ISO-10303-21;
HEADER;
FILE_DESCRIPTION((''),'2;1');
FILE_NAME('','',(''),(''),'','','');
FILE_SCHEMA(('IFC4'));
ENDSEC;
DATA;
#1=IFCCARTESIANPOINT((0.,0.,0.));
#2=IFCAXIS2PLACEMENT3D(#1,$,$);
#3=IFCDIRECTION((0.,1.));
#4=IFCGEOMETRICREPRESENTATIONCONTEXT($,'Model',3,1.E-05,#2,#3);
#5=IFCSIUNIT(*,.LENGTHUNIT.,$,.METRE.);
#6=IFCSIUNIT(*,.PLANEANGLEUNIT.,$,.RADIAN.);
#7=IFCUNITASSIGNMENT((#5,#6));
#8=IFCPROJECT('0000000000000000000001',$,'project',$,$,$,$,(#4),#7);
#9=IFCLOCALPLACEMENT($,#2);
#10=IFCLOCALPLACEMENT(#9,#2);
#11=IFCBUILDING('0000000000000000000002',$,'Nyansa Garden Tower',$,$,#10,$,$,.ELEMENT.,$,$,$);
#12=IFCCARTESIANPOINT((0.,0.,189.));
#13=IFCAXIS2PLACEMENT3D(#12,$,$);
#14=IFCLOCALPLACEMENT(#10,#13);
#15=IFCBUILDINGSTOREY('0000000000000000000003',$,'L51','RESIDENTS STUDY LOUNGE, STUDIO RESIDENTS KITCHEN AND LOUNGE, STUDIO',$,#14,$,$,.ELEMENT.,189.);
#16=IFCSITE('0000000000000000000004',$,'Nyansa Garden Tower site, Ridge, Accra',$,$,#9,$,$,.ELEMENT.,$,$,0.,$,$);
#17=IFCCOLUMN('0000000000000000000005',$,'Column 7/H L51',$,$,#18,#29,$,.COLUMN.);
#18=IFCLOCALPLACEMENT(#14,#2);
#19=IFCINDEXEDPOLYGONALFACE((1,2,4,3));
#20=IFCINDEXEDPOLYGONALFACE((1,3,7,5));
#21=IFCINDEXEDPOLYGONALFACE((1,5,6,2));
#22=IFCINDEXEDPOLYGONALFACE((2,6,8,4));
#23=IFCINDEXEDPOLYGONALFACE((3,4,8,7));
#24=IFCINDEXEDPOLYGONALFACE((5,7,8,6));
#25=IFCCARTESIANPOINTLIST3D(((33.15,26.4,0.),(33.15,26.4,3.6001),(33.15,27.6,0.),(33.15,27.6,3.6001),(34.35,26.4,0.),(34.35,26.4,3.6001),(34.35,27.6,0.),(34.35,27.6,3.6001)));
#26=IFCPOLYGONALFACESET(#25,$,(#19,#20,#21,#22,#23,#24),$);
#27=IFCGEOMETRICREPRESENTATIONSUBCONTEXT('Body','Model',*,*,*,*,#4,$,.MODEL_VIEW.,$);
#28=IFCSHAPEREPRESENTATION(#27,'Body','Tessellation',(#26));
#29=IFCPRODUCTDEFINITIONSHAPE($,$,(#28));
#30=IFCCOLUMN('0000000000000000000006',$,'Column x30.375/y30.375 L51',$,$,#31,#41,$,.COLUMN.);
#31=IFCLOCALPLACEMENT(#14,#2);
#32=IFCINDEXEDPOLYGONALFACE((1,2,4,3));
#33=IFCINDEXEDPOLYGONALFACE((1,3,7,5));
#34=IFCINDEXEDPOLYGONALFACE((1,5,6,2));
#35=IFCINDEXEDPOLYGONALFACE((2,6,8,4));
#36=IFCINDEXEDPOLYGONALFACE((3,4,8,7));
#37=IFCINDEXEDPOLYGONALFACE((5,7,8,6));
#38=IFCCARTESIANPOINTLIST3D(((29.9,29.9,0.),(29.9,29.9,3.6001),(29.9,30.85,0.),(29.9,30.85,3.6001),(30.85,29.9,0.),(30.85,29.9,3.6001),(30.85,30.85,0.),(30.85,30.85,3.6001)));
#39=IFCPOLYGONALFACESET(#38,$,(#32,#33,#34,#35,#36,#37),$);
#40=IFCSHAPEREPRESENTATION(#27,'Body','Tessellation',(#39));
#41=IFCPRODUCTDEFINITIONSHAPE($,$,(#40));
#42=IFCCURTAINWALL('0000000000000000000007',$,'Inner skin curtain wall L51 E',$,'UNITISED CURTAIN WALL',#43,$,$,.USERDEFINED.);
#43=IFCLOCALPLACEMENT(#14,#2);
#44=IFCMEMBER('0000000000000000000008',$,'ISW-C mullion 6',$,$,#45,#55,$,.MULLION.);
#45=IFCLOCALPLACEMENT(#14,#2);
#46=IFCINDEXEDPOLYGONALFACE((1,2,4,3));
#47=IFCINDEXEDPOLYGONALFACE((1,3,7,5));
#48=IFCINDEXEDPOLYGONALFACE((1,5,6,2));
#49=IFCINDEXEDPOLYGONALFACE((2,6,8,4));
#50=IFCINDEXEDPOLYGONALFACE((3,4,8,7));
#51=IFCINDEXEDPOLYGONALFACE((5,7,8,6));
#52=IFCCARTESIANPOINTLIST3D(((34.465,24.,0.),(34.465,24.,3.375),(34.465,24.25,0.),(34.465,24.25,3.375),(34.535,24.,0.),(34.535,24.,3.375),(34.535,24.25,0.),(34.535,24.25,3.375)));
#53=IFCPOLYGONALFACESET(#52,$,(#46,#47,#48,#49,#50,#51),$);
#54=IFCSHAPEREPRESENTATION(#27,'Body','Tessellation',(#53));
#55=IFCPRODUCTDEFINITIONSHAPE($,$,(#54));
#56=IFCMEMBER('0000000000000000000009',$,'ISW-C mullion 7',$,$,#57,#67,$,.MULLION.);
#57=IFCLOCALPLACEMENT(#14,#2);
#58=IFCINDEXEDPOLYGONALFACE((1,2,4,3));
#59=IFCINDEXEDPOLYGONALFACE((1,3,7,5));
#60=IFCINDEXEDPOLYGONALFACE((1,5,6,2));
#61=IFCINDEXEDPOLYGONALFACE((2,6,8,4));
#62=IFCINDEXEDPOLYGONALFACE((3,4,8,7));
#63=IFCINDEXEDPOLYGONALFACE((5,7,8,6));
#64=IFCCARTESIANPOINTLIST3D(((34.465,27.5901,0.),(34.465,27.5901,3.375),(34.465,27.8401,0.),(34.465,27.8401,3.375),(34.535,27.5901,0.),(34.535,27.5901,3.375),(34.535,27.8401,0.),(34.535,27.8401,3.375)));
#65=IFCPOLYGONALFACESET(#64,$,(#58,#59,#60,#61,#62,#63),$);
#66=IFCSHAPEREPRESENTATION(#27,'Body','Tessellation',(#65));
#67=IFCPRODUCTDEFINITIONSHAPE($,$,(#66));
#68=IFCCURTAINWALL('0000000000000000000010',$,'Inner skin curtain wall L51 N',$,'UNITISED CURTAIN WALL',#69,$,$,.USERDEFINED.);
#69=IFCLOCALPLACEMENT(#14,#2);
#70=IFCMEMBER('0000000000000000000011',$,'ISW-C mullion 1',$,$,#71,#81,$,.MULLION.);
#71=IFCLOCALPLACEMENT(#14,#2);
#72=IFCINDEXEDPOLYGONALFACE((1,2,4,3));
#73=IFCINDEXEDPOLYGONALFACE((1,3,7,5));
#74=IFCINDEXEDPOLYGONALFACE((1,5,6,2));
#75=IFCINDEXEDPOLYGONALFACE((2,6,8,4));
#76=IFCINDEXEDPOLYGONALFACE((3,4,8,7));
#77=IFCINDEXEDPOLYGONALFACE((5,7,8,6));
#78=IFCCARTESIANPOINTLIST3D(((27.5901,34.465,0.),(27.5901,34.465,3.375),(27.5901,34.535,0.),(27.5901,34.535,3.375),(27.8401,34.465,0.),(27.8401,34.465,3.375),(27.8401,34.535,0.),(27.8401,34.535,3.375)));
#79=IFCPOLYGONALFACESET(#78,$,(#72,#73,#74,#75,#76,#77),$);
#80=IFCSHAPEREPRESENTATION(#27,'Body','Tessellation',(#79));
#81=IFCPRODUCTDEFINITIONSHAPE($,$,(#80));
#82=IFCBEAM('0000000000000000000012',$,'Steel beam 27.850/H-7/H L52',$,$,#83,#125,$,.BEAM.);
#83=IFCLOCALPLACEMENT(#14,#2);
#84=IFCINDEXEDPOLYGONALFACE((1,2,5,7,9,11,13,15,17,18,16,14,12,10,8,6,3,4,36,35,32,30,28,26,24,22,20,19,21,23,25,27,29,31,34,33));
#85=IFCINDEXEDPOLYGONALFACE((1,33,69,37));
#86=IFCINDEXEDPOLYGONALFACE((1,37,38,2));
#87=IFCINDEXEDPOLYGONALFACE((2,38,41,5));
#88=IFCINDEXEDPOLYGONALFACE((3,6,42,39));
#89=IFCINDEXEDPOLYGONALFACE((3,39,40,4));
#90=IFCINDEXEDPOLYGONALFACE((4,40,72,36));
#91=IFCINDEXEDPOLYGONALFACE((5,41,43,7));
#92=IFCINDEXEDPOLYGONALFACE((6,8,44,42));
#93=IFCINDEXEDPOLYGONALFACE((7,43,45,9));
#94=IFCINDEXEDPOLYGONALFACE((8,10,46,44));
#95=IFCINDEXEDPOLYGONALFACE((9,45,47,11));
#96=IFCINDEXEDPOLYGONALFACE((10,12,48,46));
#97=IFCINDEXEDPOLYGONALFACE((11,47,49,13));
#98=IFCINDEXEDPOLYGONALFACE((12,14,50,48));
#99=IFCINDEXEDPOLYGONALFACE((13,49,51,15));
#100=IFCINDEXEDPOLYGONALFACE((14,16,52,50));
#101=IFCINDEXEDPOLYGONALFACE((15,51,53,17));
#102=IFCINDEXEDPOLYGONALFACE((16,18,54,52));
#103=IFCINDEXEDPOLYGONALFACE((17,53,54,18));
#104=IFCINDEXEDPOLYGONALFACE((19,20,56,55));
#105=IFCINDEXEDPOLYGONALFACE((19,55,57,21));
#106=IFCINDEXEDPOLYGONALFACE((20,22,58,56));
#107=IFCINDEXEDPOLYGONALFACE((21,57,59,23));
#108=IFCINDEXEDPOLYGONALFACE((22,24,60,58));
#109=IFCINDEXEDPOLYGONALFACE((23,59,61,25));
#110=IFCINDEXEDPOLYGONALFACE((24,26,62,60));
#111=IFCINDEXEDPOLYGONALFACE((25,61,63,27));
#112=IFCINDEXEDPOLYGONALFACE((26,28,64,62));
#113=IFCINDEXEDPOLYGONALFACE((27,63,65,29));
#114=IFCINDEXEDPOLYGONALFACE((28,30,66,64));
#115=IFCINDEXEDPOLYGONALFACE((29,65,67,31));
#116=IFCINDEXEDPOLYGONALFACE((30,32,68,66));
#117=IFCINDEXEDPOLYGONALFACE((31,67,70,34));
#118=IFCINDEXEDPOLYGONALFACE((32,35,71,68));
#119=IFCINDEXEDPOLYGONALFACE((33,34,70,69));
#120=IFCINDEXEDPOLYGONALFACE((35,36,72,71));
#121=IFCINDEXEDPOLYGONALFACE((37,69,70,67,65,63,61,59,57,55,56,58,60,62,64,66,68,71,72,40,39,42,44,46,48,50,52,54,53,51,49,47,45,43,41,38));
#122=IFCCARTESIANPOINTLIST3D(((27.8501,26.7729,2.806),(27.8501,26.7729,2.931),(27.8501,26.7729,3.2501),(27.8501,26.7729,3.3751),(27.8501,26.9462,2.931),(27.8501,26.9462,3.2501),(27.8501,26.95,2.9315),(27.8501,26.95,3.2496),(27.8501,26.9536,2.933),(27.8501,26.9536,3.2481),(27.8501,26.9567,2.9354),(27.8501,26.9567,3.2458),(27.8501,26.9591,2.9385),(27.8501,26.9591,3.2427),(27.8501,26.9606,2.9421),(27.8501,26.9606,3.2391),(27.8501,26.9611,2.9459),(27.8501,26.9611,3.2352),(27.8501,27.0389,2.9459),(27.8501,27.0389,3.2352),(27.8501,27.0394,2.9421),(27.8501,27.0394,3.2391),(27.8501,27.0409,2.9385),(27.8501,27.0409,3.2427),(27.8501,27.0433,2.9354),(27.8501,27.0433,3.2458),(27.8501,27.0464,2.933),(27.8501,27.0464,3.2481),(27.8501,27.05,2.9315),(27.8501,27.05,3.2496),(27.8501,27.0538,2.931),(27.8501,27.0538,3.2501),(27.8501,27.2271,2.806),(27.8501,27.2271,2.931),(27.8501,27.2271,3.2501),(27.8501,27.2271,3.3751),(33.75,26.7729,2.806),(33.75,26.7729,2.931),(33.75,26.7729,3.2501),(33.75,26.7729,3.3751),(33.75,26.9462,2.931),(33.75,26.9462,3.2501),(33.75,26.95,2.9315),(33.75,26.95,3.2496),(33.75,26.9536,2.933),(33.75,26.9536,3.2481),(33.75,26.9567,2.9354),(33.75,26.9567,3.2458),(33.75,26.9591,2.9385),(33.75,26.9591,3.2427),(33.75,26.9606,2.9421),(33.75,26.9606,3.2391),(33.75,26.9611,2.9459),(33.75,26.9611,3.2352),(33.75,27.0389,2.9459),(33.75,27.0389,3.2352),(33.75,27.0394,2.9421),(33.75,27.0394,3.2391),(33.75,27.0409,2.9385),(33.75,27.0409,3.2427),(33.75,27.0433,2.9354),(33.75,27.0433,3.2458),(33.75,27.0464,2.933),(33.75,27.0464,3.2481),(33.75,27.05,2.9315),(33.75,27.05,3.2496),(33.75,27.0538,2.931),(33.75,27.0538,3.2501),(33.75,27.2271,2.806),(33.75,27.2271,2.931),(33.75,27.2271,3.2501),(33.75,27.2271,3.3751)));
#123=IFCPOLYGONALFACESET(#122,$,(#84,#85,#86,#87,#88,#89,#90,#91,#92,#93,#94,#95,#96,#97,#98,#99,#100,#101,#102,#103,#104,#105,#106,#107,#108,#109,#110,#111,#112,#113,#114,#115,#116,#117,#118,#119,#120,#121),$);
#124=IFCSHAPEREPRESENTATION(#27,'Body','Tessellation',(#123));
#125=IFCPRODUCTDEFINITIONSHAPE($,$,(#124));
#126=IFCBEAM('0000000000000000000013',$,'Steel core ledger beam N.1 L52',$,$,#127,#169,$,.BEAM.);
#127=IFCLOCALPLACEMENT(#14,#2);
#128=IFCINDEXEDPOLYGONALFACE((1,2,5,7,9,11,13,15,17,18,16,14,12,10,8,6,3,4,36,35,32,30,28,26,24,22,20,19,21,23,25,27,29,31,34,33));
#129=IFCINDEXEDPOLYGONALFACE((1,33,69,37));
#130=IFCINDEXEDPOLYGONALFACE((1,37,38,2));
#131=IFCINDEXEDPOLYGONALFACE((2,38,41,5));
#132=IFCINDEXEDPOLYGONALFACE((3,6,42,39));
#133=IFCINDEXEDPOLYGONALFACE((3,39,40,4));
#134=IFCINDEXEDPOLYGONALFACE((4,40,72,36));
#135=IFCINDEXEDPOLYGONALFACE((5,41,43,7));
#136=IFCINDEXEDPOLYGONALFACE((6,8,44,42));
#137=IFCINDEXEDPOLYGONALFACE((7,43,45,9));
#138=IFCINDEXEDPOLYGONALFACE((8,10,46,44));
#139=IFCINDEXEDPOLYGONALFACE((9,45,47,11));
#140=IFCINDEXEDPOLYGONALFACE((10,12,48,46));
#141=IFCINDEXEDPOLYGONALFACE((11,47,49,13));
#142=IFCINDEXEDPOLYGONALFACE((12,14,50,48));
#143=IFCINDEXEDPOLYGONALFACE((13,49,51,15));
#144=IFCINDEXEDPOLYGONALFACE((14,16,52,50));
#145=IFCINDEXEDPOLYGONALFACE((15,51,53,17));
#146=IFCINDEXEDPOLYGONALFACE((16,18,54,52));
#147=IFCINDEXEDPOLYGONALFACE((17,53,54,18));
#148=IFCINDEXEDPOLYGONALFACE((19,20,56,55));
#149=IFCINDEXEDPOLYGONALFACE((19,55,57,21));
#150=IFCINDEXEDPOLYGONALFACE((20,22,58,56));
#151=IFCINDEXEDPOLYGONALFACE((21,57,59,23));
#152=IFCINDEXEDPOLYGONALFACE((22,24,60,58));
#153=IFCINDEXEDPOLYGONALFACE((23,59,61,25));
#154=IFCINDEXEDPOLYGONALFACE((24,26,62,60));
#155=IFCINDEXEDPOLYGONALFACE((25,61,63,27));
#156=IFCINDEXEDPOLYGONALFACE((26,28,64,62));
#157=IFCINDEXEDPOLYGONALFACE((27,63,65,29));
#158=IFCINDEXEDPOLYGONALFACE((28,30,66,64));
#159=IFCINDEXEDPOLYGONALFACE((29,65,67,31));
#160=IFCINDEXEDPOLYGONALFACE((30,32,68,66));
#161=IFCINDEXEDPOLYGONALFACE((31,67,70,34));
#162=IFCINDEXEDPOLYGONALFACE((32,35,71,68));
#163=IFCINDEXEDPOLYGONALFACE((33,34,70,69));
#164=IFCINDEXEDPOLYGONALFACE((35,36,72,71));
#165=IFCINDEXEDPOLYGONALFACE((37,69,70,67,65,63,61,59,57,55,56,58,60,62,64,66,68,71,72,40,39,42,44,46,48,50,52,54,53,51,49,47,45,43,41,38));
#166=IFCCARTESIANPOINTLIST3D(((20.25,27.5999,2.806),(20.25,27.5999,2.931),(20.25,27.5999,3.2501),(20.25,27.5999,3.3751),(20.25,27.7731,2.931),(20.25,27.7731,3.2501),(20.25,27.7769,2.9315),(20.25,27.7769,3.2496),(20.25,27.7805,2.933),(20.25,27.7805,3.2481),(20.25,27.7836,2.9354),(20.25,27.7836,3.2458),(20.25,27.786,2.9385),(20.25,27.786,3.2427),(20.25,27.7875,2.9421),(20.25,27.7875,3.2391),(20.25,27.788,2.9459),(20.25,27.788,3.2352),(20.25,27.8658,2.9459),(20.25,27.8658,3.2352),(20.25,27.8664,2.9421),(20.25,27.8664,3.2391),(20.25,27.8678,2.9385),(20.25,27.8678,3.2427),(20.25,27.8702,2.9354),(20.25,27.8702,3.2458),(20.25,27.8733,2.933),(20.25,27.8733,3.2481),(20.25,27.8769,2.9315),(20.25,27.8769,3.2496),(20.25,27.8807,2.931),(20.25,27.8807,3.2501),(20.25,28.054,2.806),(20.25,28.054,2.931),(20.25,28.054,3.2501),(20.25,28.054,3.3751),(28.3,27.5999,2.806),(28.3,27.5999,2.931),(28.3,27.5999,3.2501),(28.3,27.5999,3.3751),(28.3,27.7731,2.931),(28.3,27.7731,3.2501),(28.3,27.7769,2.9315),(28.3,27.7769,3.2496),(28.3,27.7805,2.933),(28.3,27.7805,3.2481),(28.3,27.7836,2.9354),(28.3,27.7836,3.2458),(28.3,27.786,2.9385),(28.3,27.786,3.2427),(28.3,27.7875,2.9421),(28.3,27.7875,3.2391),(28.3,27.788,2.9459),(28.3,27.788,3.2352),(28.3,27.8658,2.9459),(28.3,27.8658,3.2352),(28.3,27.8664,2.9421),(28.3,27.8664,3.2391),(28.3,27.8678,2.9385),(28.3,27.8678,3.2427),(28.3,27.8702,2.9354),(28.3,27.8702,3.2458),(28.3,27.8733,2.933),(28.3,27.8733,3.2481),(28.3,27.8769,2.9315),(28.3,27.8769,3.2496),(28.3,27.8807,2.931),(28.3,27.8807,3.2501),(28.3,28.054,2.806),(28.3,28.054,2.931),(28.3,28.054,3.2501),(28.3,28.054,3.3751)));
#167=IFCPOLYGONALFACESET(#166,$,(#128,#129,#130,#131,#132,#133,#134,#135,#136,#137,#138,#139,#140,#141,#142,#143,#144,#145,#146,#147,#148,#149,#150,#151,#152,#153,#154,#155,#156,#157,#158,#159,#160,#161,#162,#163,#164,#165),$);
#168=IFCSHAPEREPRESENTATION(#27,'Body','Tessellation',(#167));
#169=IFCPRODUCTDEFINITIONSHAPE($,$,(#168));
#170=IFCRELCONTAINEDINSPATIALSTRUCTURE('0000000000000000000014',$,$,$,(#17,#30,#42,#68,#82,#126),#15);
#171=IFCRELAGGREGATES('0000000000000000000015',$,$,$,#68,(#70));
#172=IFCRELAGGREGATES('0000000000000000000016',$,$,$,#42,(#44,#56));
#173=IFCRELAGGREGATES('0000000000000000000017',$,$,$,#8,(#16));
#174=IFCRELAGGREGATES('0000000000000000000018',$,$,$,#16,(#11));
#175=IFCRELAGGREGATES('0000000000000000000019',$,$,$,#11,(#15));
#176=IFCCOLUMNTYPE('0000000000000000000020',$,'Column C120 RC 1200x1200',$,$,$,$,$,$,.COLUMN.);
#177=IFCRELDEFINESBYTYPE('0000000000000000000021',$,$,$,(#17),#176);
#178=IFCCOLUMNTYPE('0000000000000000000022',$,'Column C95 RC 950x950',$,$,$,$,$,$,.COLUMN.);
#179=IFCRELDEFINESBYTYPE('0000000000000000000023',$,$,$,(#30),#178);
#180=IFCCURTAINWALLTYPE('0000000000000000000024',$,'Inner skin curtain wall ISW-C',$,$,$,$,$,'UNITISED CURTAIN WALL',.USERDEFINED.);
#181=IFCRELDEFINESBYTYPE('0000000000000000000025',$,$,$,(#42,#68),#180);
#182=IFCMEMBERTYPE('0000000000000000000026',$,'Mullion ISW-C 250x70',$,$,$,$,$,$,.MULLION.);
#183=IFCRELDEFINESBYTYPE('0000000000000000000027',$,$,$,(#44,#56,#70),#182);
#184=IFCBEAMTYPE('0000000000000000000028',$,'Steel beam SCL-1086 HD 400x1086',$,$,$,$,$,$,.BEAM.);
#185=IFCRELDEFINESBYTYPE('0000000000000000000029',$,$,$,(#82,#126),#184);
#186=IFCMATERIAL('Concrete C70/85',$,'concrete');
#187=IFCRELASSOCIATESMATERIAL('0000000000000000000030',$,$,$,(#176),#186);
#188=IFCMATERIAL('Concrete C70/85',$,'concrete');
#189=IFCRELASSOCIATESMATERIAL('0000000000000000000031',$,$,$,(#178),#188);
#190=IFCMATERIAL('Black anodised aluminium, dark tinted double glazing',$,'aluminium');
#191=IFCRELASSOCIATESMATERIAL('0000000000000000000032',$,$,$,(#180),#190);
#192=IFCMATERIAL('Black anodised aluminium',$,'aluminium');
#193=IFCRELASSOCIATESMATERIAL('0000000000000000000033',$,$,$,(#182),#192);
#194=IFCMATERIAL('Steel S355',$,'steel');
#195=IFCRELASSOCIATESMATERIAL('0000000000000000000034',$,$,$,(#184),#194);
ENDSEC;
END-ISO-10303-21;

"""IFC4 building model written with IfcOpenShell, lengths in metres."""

from ifc_helpers import new_model, si_unit, direction, frame, origin, origin_2d, place, context, subcontext, project, spatial, rectangle, i_section, extrude, material, material_profile, profile_set, type_object, element, aggregate, save


model = new_model("IFC4")

# Units and contexts
model_context = context("Model", 3, precision=1e-05, world=origin(), true_north=direction((0.0, 1.0)))
body_context = subcontext(model_context, "Body", "Model", "MODEL_VIEW")
ifc_project = project(units=[si_unit("LENGTHUNIT", "METRE"), si_unit("PLANEANGLEUNIT", "RADIAN")], contexts=[model_context])

# Site, building, storey
site_placement = place(None, origin())
site = spatial("IfcSite", under=ifc_project, at=site_placement, Name="Nyansa Garden Tower site, Ridge, Accra", CompositionType="ELEMENT", RefElevation=0.0)
building_placement = place(site_placement, origin())
building = spatial("IfcBuilding", under=site, at=building_placement, Name="Nyansa Garden Tower", CompositionType="ELEMENT")
storey_placement = place(building_placement, frame((0.0, 0.0, 189.0)))
storey = spatial("IfcBuildingStorey", under=building, at=storey_placement, Name="L51", Description="RESIDENTS STUDY LOUNGE, STUDIO RESIDENTS KITCHEN AND LOUNGE, STUDIO", CompositionType="ELEMENT", Elevation=189.0)

# Columns
ifc_material_1 = material(Name="Concrete C70/85", Category="concrete")
ifc_material_profile_1 = material_profile(ifc_material_1, rectangle(XDim=1.2, YDim=1.2, at=origin_2d()), Name="RC 1200x1200")
ifc_profile_set_1 = profile_set([ifc_material_profile_1], Name="Concrete C70/85")
column_type_1 = type_object("IfcColumnType", Name="Column C120 RC 1200x1200", PredefinedType="COLUMN", material=ifc_profile_set_1)
column_1_placement = place(storey_placement, frame((33.75, 27.0, 0.0), z_axis=(0.0, 0.0, 1.0), x_axis=(1.0, 0.0, 0.0)))
element("IfcColumn", 1, at=column_1_placement, inside=storey, type_object=column_type_1, Name="Column 7/H L51", PredefinedType="COLUMN", context=body_context, shape_type="SweptSolid", body=[
    extrude(rectangle(XDim=1.2, YDim=1.2, at=origin_2d()), origin(), (0.0, 0.0, 1.0), 3.6001),
])
ifc_material_2 = material(Name="Concrete C70/85", Category="concrete")
ifc_material_profile_2 = material_profile(ifc_material_2, rectangle(XDim=0.95, YDim=0.95, at=origin_2d()), Name="RC 950x950")
ifc_profile_set_2 = profile_set([ifc_material_profile_2], Name="Concrete C70/85")
column_type_2 = type_object("IfcColumnType", Name="Column C95 RC 950x950", PredefinedType="COLUMN", material=ifc_profile_set_2)
column_2_placement = place(storey_placement, frame((30.375, 30.375, 0.0), z_axis=(0.0, 0.0, 1.0), x_axis=(1.0, 0.0, 0.0)))
element("IfcColumn", 2, at=column_2_placement, inside=storey, type_object=column_type_2, Name="Column x30.375/y30.375 L51", PredefinedType="COLUMN", context=body_context, shape_type="SweptSolid", body=[
    extrude(rectangle(XDim=0.95, YDim=0.95, at=origin_2d()), origin(), (0.0, 0.0, 1.0), 3.6001),
])

# Curtain wall, members
ifc_material_3 = material(Name="Black anodised aluminium, dark tinted double glazing", Category="aluminium")
curtain_wall_type = type_object("IfcCurtainWallType", Name="Inner skin curtain wall ISW-C", ElementType="UNITISED CURTAIN WALL", PredefinedType="USERDEFINED", material=ifc_material_3)
curtain_wall_1_placement = place(storey_placement, origin())
curtain_wall_1 = element("IfcCurtainWall", 3, at=curtain_wall_1_placement, inside=storey, type_object=curtain_wall_type, Name="Inner skin curtain wall L51 E", ObjectType="UNITISED CURTAIN WALL", PredefinedType="USERDEFINED")
ifc_material_4 = material(Name="Black anodised aluminium", Category="aluminium")
ifc_material_profile_3 = material_profile(ifc_material_4, rectangle(XDim=0.0701, YDim=0.25, at=origin_2d()), Name="Mullion 250x70")
ifc_profile_set_3 = profile_set([ifc_material_profile_3], Name="Black anodised aluminium")
member_type_1 = type_object("IfcMemberType", Name="Mullion ISW-C 250x70", PredefinedType="MULLION", material=ifc_profile_set_3)
member_1_placement = place(storey_placement, frame((34.5, 24.125, 0.0), z_axis=(0.0, 0.0, 1.0), x_axis=(-1.0, 0.0, 0.0)))
member_1 = element("IfcMember", 4, at=member_1_placement, type_object=member_type_1, Name="ISW-C mullion 6", PredefinedType="MULLION", context=body_context, shape_type="SweptSolid", body=[
    extrude(rectangle(XDim=0.0701, YDim=0.25, at=origin_2d()), origin(), (0.0, 0.0, 1.0), 3.375),
])
member_2_placement = place(storey_placement, frame((34.5, 27.7151, 0.0), z_axis=(0.0, 0.0, 1.0), x_axis=(-1.0, 0.0, 0.0)))
member_2 = element("IfcMember", 5, at=member_2_placement, type_object=member_type_1, Name="ISW-C mullion 7", PredefinedType="MULLION", context=body_context, shape_type="SweptSolid", body=[
    extrude(rectangle(XDim=0.0701, YDim=0.25, at=origin_2d()), origin(), (0.0, 0.0, 1.0), 3.375),
])

# Curtain wall, member
curtain_wall_2_placement = place(storey_placement, origin())
curtain_wall_2 = element("IfcCurtainWall", 6, at=curtain_wall_2_placement, inside=storey, type_object=curtain_wall_type, Name="Inner skin curtain wall L51 N", ObjectType="UNITISED CURTAIN WALL", PredefinedType="USERDEFINED")
member_3_placement = place(storey_placement, frame((27.7151, 34.5, 0.0), z_axis=(0.0, 0.0, 1.0), x_axis=(0.0, -1.0, 0.0)))
member_3 = element("IfcMember", 7, at=member_3_placement, type_object=member_type_1, Name="ISW-C mullion 1", PredefinedType="MULLION", context=body_context, shape_type="SweptSolid", body=[
    extrude(rectangle(XDim=0.0701, YDim=0.25, at=origin_2d()), origin(), (0.0, 0.0, 1.0), 3.375),
])

# Beams
ifc_material_5 = material(Name="Steel S355", Category="steel")
ifc_material_profile_4 = material_profile(ifc_material_5, i_section(OverallWidth=0.4541, OverallDepth=0.5691, WebThickness=0.0779, FlangeThickness=0.125, FilletRadius=0.0149, at=origin_2d()), Name="HD 400x1086")
ifc_profile_set_4 = profile_set([ifc_material_profile_4], Name="Steel S355")
beam_type_1 = type_object("IfcBeamType", Name="Steel beam SCL-1086 HD 400x1086", PredefinedType="BEAM", material=ifc_profile_set_4)
beam_1_placement = place(storey_placement, frame((27.8501, 27.0, 3.0906), z_axis=(1.0, 0.0, 0.0), x_axis=(0.0, 1.0, 0.0)))
element("IfcBeam", 8, at=beam_1_placement, inside=storey, type_object=beam_type_1, Name="Steel beam 27.850/H-7/H L52", PredefinedType="BEAM", context=body_context, shape_type="SweptSolid", body=[
    extrude(i_section(OverallWidth=0.4541, OverallDepth=0.5691, WebThickness=0.0779, FlangeThickness=0.125, FilletRadius=0.0149, at=origin_2d()), origin(), (0.0, 0.0, 1.0), 5.8999),
])
beam_2_placement = place(storey_placement, frame((28.3, 27.8269, 3.0906), z_axis=(-1.0, 0.0, 0.0), x_axis=(0.0, -1.0, 0.0)))
element("IfcBeam", 9, at=beam_2_placement, inside=storey, type_object=beam_type_1, Name="Steel core ledger beam N.1 L52", PredefinedType="BEAM", context=body_context, shape_type="SweptSolid", body=[
    extrude(i_section(OverallWidth=0.4541, OverallDepth=0.5691, WebThickness=0.0779, FlangeThickness=0.125, FilletRadius=0.0149, at=origin_2d()), origin(), (0.0, 0.0, 1.0), 8.05),
])

aggregate(curtain_wall_2, [member_3])

aggregate(curtain_wall_1, [member_1, member_2])

save(model, "model.ifc")
